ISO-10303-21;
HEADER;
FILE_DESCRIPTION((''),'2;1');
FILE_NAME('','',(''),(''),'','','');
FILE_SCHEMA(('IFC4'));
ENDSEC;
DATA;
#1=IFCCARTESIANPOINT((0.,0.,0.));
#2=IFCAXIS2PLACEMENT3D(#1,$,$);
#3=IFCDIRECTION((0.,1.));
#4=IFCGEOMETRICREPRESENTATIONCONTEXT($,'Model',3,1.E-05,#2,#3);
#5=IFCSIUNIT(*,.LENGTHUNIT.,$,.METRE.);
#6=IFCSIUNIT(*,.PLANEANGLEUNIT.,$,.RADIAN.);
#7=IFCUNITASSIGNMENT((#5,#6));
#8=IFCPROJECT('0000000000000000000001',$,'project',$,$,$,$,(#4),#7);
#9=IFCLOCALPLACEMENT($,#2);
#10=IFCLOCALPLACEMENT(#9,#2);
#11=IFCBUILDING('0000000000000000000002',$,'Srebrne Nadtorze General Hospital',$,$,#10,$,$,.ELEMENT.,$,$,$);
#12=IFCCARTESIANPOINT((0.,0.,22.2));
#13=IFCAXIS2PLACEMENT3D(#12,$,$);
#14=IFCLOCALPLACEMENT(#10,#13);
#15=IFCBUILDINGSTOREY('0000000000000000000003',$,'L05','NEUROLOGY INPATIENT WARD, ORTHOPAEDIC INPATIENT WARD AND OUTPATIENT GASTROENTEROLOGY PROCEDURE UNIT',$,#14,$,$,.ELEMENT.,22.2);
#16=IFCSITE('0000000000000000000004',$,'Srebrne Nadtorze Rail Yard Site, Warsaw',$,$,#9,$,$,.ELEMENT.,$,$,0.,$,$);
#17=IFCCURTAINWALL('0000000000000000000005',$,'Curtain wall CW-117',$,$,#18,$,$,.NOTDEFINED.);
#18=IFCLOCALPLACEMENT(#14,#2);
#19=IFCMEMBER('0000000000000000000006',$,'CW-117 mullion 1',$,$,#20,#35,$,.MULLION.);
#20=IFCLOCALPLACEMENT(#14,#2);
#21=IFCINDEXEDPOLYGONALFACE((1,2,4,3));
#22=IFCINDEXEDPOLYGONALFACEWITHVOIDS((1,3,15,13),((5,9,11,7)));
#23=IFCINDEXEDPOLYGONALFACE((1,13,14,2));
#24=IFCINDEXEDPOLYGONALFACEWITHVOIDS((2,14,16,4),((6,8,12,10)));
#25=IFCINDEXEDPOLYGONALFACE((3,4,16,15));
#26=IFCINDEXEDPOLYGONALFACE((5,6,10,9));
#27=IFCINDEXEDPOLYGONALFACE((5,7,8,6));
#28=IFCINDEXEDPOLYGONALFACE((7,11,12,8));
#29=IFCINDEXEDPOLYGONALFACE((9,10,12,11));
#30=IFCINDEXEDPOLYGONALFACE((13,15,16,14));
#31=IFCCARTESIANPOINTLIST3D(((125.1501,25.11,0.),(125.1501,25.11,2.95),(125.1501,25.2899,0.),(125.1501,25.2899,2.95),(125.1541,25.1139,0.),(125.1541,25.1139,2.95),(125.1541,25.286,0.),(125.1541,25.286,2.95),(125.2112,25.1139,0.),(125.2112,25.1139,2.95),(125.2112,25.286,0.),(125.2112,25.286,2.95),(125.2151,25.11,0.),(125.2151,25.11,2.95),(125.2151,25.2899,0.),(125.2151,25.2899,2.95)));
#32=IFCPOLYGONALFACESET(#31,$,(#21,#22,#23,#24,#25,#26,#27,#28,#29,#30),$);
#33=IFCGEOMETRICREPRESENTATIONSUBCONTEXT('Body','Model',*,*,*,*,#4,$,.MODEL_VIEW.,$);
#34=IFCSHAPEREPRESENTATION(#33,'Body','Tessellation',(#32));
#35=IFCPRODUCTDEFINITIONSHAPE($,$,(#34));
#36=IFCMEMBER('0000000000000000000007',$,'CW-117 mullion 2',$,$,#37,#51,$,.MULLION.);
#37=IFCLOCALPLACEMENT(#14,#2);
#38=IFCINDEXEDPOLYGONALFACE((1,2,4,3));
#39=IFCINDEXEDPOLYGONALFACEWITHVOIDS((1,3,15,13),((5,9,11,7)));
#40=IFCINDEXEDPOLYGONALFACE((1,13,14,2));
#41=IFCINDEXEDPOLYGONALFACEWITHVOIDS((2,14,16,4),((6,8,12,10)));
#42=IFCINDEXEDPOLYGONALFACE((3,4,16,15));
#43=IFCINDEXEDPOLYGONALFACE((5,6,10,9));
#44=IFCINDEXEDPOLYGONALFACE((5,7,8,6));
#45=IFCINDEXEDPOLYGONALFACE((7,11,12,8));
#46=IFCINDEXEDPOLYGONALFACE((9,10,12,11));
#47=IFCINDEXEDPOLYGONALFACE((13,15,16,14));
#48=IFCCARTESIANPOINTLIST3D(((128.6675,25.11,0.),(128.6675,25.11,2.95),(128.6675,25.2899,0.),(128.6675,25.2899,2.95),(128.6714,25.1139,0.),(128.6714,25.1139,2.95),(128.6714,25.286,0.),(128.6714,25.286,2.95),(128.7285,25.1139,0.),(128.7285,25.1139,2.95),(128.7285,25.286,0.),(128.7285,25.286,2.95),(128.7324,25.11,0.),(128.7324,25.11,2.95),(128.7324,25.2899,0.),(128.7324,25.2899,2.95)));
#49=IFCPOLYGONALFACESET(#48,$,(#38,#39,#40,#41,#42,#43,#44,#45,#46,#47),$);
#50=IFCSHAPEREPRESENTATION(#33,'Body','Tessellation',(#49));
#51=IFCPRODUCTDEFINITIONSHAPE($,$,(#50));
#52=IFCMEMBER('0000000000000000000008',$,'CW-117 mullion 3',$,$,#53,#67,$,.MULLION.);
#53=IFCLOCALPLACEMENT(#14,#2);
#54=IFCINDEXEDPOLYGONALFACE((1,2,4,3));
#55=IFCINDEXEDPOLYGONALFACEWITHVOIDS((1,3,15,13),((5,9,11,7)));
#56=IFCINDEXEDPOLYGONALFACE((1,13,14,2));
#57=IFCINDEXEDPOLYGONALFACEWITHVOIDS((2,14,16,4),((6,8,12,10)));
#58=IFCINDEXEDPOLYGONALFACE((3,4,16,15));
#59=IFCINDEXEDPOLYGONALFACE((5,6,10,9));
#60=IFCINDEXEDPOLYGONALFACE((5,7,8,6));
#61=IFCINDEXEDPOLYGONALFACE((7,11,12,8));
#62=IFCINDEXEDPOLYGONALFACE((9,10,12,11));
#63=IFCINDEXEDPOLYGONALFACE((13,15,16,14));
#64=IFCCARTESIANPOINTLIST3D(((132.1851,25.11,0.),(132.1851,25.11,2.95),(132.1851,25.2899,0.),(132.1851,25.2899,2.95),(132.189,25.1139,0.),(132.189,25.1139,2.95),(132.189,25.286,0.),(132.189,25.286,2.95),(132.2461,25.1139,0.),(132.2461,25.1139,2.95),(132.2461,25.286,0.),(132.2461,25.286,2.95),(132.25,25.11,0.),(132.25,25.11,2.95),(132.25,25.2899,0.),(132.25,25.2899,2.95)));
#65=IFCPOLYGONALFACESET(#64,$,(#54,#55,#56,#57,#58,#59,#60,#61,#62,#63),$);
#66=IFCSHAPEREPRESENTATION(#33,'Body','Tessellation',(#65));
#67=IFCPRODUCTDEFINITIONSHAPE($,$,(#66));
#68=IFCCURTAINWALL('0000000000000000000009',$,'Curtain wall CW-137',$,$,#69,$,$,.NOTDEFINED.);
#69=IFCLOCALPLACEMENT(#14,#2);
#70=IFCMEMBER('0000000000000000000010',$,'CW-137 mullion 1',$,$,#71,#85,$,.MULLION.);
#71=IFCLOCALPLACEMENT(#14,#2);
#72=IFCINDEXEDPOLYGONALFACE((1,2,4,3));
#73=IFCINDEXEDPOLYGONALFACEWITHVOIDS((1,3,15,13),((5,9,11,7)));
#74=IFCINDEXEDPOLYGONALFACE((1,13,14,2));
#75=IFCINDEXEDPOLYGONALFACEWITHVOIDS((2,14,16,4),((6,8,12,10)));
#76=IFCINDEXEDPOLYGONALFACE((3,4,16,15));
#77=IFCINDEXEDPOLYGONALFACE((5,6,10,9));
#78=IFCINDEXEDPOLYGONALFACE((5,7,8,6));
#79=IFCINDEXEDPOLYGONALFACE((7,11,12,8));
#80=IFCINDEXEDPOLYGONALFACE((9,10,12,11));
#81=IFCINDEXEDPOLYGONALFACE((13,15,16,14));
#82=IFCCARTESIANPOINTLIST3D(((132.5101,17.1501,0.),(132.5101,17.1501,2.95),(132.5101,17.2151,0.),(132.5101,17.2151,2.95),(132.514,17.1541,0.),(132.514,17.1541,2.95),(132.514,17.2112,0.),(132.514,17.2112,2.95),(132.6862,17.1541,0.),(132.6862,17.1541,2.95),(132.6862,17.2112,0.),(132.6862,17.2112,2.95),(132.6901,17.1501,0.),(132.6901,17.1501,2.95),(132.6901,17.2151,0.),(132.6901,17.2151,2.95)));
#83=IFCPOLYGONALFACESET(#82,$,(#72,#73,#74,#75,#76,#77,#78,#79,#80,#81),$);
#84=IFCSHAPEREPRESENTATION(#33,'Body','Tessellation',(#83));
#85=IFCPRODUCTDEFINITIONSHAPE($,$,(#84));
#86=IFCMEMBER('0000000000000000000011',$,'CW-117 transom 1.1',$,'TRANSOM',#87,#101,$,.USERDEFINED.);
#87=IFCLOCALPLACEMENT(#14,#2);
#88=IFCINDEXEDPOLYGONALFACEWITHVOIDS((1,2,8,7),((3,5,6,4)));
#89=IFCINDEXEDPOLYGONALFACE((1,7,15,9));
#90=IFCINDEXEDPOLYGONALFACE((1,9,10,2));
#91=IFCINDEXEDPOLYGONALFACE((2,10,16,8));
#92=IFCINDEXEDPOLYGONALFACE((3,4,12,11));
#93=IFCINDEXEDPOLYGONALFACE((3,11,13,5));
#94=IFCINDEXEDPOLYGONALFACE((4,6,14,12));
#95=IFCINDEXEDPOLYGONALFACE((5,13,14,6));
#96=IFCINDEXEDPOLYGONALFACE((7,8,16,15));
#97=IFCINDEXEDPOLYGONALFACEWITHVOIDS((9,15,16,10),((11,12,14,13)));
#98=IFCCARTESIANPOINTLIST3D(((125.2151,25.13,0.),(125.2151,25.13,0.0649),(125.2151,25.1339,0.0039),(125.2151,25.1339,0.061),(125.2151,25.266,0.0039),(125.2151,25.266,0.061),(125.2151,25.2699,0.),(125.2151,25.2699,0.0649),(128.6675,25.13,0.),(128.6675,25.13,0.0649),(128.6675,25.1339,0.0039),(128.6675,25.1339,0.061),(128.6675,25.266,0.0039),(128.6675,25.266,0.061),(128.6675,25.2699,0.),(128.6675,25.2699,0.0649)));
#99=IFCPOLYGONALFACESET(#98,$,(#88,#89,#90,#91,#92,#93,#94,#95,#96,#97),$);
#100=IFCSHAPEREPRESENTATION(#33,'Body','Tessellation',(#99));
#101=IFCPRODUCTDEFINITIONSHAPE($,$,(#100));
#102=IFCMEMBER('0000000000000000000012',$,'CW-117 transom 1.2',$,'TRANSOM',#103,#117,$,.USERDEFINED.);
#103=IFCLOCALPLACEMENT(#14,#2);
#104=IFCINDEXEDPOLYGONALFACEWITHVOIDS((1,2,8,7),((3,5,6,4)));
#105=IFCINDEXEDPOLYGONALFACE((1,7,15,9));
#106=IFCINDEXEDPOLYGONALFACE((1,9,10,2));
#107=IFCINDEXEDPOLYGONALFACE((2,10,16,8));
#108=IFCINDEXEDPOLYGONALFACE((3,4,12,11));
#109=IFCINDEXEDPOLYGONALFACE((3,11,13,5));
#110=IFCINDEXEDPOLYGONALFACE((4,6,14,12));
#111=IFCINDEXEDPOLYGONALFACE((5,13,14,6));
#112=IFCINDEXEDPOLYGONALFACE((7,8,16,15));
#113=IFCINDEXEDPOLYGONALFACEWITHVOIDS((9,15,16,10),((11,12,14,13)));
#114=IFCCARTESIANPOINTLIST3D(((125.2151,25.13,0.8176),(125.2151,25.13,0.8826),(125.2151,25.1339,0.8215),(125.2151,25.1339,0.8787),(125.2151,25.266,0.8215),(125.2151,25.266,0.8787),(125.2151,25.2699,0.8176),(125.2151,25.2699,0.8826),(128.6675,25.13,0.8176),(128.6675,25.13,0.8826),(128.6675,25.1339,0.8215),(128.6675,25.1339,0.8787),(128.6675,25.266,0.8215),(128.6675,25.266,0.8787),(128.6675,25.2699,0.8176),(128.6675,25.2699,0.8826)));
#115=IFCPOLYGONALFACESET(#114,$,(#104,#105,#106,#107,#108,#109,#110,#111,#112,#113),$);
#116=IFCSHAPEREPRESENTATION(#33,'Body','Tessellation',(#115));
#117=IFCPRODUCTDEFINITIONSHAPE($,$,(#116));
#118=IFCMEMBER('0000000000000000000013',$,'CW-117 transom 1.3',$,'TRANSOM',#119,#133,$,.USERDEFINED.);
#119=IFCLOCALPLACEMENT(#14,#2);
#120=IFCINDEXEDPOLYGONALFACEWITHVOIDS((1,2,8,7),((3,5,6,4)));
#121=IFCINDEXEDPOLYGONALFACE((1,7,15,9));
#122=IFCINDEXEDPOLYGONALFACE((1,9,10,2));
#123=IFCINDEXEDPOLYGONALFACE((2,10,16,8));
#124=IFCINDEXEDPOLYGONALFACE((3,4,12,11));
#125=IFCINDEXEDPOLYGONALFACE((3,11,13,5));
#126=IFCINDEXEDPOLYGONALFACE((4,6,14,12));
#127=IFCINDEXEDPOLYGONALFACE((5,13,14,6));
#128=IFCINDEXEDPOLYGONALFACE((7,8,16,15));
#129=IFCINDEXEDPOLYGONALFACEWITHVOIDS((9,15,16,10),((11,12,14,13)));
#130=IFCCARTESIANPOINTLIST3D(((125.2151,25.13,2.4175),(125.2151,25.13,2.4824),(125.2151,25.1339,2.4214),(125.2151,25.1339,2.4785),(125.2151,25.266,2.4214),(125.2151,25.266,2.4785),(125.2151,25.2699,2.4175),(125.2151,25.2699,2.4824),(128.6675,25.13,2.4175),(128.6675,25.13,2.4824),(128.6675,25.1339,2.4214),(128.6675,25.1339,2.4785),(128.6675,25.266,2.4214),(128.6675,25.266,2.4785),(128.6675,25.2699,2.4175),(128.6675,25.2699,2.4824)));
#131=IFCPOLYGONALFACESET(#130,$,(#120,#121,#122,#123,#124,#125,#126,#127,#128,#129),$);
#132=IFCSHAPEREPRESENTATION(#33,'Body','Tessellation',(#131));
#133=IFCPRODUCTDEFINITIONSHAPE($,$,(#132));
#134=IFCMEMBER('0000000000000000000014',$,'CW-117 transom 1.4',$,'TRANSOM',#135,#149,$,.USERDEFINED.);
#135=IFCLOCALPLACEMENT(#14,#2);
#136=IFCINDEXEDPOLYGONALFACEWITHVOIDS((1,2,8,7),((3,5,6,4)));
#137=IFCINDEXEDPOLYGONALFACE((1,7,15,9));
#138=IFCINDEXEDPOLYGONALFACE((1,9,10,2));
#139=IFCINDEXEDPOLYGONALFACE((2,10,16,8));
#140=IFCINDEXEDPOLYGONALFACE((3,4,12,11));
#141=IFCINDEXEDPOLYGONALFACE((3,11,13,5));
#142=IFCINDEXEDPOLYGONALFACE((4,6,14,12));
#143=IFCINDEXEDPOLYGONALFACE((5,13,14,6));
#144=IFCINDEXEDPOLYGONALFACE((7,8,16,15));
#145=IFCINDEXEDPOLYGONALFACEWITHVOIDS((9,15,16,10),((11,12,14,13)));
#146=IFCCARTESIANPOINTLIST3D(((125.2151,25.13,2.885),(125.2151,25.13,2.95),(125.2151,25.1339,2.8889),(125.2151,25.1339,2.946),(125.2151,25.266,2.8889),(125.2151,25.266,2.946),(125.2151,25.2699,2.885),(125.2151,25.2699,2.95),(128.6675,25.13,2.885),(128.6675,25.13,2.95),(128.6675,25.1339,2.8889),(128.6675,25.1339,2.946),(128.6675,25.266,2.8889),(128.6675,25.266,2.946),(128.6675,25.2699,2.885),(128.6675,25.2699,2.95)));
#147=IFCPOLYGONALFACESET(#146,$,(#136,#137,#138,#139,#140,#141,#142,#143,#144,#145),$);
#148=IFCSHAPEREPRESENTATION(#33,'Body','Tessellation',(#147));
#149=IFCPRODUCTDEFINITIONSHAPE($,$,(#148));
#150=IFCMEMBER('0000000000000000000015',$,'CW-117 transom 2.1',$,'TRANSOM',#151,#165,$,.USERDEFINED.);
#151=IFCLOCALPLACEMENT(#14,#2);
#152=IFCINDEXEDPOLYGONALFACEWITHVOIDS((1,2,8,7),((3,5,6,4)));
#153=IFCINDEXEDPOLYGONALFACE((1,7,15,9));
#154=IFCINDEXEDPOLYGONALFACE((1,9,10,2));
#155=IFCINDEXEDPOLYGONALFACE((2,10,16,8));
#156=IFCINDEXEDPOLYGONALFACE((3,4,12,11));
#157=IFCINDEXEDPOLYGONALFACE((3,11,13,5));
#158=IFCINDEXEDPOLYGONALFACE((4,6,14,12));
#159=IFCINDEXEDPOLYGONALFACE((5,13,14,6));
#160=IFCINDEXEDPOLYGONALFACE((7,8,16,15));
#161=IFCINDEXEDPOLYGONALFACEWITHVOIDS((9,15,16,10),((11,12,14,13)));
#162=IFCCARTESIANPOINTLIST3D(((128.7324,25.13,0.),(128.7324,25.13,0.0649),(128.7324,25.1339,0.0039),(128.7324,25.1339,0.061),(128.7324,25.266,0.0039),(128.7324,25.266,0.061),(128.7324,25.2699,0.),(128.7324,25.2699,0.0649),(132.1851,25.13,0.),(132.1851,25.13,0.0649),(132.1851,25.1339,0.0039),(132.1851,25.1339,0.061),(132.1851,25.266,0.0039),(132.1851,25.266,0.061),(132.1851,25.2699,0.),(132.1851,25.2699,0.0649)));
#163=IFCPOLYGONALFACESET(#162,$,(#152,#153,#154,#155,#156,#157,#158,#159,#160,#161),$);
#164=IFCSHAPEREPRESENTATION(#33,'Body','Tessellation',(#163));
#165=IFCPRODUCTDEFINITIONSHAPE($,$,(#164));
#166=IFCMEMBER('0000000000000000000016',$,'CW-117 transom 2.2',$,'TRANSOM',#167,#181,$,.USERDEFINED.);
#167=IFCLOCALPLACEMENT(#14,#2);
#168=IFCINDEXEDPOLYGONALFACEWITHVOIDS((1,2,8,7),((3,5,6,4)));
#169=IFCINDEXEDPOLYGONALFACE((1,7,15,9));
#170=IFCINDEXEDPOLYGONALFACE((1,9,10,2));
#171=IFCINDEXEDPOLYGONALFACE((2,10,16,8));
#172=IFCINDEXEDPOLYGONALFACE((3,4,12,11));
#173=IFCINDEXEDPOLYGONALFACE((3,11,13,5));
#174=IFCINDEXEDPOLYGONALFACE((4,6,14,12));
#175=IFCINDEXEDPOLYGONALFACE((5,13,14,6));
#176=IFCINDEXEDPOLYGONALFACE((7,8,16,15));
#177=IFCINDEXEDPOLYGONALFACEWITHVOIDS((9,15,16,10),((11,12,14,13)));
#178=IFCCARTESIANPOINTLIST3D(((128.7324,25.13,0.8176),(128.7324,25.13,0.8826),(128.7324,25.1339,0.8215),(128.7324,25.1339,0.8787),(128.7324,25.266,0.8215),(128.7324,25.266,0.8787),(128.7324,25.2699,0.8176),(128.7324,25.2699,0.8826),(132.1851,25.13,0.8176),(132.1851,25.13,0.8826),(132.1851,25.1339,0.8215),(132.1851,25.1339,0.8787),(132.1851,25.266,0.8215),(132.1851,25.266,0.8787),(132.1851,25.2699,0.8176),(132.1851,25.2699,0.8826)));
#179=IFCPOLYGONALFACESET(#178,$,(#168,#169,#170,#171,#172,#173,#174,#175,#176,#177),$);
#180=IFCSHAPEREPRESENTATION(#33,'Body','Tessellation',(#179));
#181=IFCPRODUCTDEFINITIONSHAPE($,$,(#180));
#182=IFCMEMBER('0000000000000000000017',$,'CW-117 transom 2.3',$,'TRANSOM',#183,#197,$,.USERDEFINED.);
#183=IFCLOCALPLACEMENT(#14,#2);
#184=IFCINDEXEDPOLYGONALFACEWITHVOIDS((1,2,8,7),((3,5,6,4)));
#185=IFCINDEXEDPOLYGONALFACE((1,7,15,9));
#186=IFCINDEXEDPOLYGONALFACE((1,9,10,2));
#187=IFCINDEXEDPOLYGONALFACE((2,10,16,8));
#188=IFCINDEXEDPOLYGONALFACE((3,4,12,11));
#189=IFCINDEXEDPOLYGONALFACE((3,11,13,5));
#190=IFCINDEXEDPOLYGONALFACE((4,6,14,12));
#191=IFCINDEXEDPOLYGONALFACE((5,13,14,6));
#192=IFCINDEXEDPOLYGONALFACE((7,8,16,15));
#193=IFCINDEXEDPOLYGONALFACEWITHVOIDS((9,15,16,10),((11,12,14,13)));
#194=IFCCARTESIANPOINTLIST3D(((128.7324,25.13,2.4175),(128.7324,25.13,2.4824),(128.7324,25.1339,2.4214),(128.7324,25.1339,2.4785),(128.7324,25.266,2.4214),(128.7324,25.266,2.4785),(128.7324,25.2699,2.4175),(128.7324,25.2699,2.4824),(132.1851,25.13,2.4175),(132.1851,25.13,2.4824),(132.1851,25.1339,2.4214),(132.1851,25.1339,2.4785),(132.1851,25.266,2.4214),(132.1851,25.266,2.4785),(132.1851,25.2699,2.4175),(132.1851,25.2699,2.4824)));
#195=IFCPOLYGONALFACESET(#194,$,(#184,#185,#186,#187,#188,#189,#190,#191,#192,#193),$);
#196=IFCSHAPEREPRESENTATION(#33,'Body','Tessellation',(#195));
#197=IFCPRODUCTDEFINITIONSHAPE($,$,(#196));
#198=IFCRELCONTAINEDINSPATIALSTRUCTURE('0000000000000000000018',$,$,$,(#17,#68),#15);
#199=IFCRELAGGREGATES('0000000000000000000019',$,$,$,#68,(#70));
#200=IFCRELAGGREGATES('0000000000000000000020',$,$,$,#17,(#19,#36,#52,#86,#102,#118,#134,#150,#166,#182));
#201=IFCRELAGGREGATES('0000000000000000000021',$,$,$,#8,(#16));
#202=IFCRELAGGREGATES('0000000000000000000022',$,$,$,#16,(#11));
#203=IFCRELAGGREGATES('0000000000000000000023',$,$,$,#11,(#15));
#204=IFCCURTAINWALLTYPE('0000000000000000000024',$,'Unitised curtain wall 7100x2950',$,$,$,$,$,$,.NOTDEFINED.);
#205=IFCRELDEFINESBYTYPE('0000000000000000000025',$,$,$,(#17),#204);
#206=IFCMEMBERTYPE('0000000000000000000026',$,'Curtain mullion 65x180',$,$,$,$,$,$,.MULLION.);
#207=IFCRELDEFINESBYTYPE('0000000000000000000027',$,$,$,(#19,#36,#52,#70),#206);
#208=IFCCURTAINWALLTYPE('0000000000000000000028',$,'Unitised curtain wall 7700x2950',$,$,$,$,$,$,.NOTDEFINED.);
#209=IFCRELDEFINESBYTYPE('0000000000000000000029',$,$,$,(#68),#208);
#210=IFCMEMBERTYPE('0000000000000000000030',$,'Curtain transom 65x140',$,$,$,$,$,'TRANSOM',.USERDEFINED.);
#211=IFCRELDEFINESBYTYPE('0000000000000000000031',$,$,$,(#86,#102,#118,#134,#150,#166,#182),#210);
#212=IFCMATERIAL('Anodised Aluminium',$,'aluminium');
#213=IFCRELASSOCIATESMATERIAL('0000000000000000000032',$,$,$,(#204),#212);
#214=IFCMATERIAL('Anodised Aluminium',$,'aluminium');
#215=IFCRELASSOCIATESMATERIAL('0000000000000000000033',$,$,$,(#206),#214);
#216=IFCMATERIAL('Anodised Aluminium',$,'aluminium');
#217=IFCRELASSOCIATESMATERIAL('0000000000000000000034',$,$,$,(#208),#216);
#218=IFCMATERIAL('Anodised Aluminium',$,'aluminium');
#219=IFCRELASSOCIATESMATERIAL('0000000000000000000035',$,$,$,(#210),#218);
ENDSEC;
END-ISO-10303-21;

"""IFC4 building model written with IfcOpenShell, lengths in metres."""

from ifc_helpers import new_model, si_unit, direction, frame, origin, origin_2d, place, context, subcontext, project, spatial, hollow_rectangle, extrude, material, material_profile, profile_set, type_object, element, aggregate, save


model = new_model("IFC4")

# Units and contexts
model_context = context("Model", 3, precision=1e-05, world=origin(), true_north=direction((0.0, 1.0)))
body_context = subcontext(model_context, "Body", "Model", "MODEL_VIEW")
ifc_project = project(units=[si_unit("LENGTHUNIT", "METRE"), si_unit("PLANEANGLEUNIT", "RADIAN")], contexts=[model_context])

# Site, building, storey
site_placement = place(None, origin())
site = spatial("IfcSite", under=ifc_project, at=site_placement, Name="Srebrne Nadtorze Rail Yard Site, Warsaw", CompositionType="ELEMENT", RefElevation=0.0)
building_placement = place(site_placement, origin())
building = spatial("IfcBuilding", under=site, at=building_placement, Name="Srebrne Nadtorze General Hospital", CompositionType="ELEMENT")
storey_placement = place(building_placement, frame((0.0, 0.0, 22.2)))
storey = spatial("IfcBuildingStorey", under=building, at=storey_placement, Name="L05", Description="NEUROLOGY INPATIENT WARD, ORTHOPAEDIC INPATIENT WARD AND OUTPATIENT GASTROENTEROLOGY PROCEDURE UNIT", CompositionType="ELEMENT", Elevation=22.2)

# Curtain wall, members
ifc_material_1 = material(Name="Anodised Aluminium", Category="aluminium")
curtain_wall_type_1 = type_object("IfcCurtainWallType", Name="Unitised curtain wall 7100x2950", PredefinedType="NOTDEFINED", material=ifc_material_1)
curtain_wall_1_placement = place(storey_placement, origin())
curtain_wall_1 = element("IfcCurtainWall", 1, at=curtain_wall_1_placement, inside=storey, type_object=curtain_wall_type_1, Name="Curtain wall CW-117", PredefinedType="NOTDEFINED")
ifc_material_2 = material(Name="Anodised Aluminium", Category="aluminium")
ifc_material_profile_1 = material_profile(ifc_material_2, hollow_rectangle(XDim=0.0649, YDim=0.1799, WallThickness=0.0039, at=origin_2d()), Name="AL-MUL-65x180")
ifc_profile_set_1 = profile_set([ifc_material_profile_1], Name="Anodised Aluminium")
member_type_1 = type_object("IfcMemberType", Name="Curtain mullion 65x180", PredefinedType="MULLION", material=ifc_profile_set_1)
member_1_placement = place(storey_placement, frame((125.1826, 25.2, 0.0), z_axis=(0.0, 0.0, 1.0), x_axis=(1.0, 0.0, 0.0)))
member_1 = element("IfcMember", 2, at=member_1_placement, type_object=member_type_1, Name="CW-117 mullion 1", PredefinedType="MULLION", context=body_context, shape_type="SweptSolid", body=[
    extrude(hollow_rectangle(XDim=0.0649, YDim=0.1799, WallThickness=0.0039, at=origin_2d()), origin(), (0.0, 0.0, 1.0), 2.95),
])
member_2_placement = place(storey_placement, frame((128.7, 25.2, 0.0), z_axis=(0.0, 0.0, 1.0), x_axis=(1.0, 0.0, 0.0)))
member_2 = element("IfcMember", 3, at=member_2_placement, type_object=member_type_1, Name="CW-117 mullion 2", PredefinedType="MULLION", context=body_context, shape_type="SweptSolid", body=[
    extrude(hollow_rectangle(XDim=0.0649, YDim=0.1799, WallThickness=0.0039, at=origin_2d()), origin(), (0.0, 0.0, 1.0), 2.95),
])
member_3_placement = place(storey_placement, frame((132.2175, 25.2, 0.0), z_axis=(0.0, 0.0, 1.0), x_axis=(1.0, 0.0, 0.0)))
member_3 = element("IfcMember", 4, at=member_3_placement, type_object=member_type_1, Name="CW-117 mullion 3", PredefinedType="MULLION", context=body_context, shape_type="SweptSolid", body=[
    extrude(hollow_rectangle(XDim=0.0649, YDim=0.1799, WallThickness=0.0039, at=origin_2d()), origin(), (0.0, 0.0, 1.0), 2.95),
])

# Curtain wall, member
ifc_material_3 = material(Name="Anodised Aluminium", Category="aluminium")
curtain_wall_type_2 = type_object("IfcCurtainWallType", Name="Unitised curtain wall 7700x2950", PredefinedType="NOTDEFINED", material=ifc_material_3)
curtain_wall_2_placement = place(storey_placement, origin())
curtain_wall_2 = element("IfcCurtainWall", 5, at=curtain_wall_2_placement, inside=storey, type_object=curtain_wall_type_2, Name="Curtain wall CW-137", PredefinedType="NOTDEFINED")
member_4_placement = place(storey_placement, frame((132.6001, 17.1826, 0.0), z_axis=(0.0, 0.0, 1.0), x_axis=(0.0, 1.0, 0.0)))
member_4 = element("IfcMember", 6, at=member_4_placement, type_object=member_type_1, Name="CW-137 mullion 1", PredefinedType="MULLION", context=body_context, shape_type="SweptSolid", body=[
    extrude(hollow_rectangle(XDim=0.0649, YDim=0.1799, WallThickness=0.0039, at=origin_2d()), origin(), (0.0, 0.0, 1.0), 2.95),
])

# Members
ifc_material_4 = material(Name="Anodised Aluminium", Category="aluminium")
ifc_material_profile_2 = material_profile(ifc_material_4, hollow_rectangle(XDim=0.0649, YDim=0.1399, WallThickness=0.0039, at=origin_2d()), Name="AL-TRN-65x140")
ifc_profile_set_2 = profile_set([ifc_material_profile_2], Name="Anodised Aluminium")
member_type_2 = type_object("IfcMemberType", Name="Curtain transom 65x140", ElementType="TRANSOM", PredefinedType="USERDEFINED", material=ifc_profile_set_2)
member_5_placement = place(storey_placement, frame((125.2151, 25.2, 0.0325), z_axis=(1.0, 0.0, 0.0), x_axis=(0.0, 0.0, 1.0)))
member_5 = element("IfcMember", 7, at=member_5_placement, type_object=member_type_2, Name="CW-117 transom 1.1", ObjectType="TRANSOM", PredefinedType="USERDEFINED", context=body_context, shape_type="SweptSolid", body=[
    extrude(hollow_rectangle(XDim=0.0649, YDim=0.1399, WallThickness=0.0039, at=origin_2d()), origin(), (0.0, 0.0, 1.0), 3.4524),
])
member_6_placement = place(storey_placement, frame((125.2151, 25.2, 0.8501), z_axis=(1.0, 0.0, 0.0), x_axis=(0.0, 0.0, 1.0)))
member_6 = element("IfcMember", 8, at=member_6_placement, type_object=member_type_2, Name="CW-117 transom 1.2", ObjectType="TRANSOM", PredefinedType="USERDEFINED", context=body_context, shape_type="SweptSolid", body=[
    extrude(hollow_rectangle(XDim=0.0649, YDim=0.1399, WallThickness=0.0039, at=origin_2d()), origin(), (0.0, 0.0, 1.0), 3.4524),
])
member_7_placement = place(storey_placement, frame((125.2151, 25.2, 2.45), z_axis=(1.0, 0.0, 0.0), x_axis=(0.0, 0.0, 1.0)))
member_7 = element("IfcMember", 9, at=member_7_placement, type_object=member_type_2, Name="CW-117 transom 1.3", ObjectType="TRANSOM", PredefinedType="USERDEFINED", context=body_context, shape_type="SweptSolid", body=[
    extrude(hollow_rectangle(XDim=0.0649, YDim=0.1399, WallThickness=0.0039, at=origin_2d()), origin(), (0.0, 0.0, 1.0), 3.4524),
])
member_8_placement = place(storey_placement, frame((125.2151, 25.2, 2.9175), z_axis=(1.0, 0.0, 0.0), x_axis=(0.0, 0.0, 1.0)))
member_8 = element("IfcMember", 10, at=member_8_placement, type_object=member_type_2, Name="CW-117 transom 1.4", ObjectType="TRANSOM", PredefinedType="USERDEFINED", context=body_context, shape_type="SweptSolid", body=[
    extrude(hollow_rectangle(XDim=0.0649, YDim=0.1399, WallThickness=0.0039, at=origin_2d()), origin(), (0.0, 0.0, 1.0), 3.4524),
])
member_9_placement = place(storey_placement, frame((128.7324, 25.2, 0.0325), z_axis=(1.0, 0.0, 0.0), x_axis=(0.0, 0.0, 1.0)))
member_9 = element("IfcMember", 11, at=member_9_placement, type_object=member_type_2, Name="CW-117 transom 2.1", ObjectType="TRANSOM", PredefinedType="USERDEFINED", context=body_context, shape_type="SweptSolid", body=[
    extrude(hollow_rectangle(XDim=0.0649, YDim=0.1399, WallThickness=0.0039, at=origin_2d()), origin(), (0.0, 0.0, 1.0), 3.4526),
])
member_10_placement = place(storey_placement, frame((128.7324, 25.2, 0.8501), z_axis=(1.0, 0.0, 0.0), x_axis=(0.0, 0.0, 1.0)))
member_10 = element("IfcMember", 12, at=member_10_placement, type_object=member_type_2, Name="CW-117 transom 2.2", ObjectType="TRANSOM", PredefinedType="USERDEFINED", context=body_context, shape_type="SweptSolid", body=[
    extrude(hollow_rectangle(XDim=0.0649, YDim=0.1399, WallThickness=0.0039, at=origin_2d()), origin(), (0.0, 0.0, 1.0), 3.4526),
])
member_11_placement = place(storey_placement, frame((128.7324, 25.2, 2.45), z_axis=(1.0, 0.0, 0.0), x_axis=(0.0, 0.0, 1.0)))
member_11 = element("IfcMember", 13, at=member_11_placement, type_object=member_type_2, Name="CW-117 transom 2.3", ObjectType="TRANSOM", PredefinedType="USERDEFINED", context=body_context, shape_type="SweptSolid", body=[
    extrude(hollow_rectangle(XDim=0.0649, YDim=0.1399, WallThickness=0.0039, at=origin_2d()), origin(), (0.0, 0.0, 1.0), 3.4526),
])
aggregate(curtain_wall_2, [member_4])

aggregate(curtain_wall_1, [member_1, member_2, member_3, member_5, member_6, member_7, member_8, member_9, member_10, member_11])

save(model, "model.ifc")
